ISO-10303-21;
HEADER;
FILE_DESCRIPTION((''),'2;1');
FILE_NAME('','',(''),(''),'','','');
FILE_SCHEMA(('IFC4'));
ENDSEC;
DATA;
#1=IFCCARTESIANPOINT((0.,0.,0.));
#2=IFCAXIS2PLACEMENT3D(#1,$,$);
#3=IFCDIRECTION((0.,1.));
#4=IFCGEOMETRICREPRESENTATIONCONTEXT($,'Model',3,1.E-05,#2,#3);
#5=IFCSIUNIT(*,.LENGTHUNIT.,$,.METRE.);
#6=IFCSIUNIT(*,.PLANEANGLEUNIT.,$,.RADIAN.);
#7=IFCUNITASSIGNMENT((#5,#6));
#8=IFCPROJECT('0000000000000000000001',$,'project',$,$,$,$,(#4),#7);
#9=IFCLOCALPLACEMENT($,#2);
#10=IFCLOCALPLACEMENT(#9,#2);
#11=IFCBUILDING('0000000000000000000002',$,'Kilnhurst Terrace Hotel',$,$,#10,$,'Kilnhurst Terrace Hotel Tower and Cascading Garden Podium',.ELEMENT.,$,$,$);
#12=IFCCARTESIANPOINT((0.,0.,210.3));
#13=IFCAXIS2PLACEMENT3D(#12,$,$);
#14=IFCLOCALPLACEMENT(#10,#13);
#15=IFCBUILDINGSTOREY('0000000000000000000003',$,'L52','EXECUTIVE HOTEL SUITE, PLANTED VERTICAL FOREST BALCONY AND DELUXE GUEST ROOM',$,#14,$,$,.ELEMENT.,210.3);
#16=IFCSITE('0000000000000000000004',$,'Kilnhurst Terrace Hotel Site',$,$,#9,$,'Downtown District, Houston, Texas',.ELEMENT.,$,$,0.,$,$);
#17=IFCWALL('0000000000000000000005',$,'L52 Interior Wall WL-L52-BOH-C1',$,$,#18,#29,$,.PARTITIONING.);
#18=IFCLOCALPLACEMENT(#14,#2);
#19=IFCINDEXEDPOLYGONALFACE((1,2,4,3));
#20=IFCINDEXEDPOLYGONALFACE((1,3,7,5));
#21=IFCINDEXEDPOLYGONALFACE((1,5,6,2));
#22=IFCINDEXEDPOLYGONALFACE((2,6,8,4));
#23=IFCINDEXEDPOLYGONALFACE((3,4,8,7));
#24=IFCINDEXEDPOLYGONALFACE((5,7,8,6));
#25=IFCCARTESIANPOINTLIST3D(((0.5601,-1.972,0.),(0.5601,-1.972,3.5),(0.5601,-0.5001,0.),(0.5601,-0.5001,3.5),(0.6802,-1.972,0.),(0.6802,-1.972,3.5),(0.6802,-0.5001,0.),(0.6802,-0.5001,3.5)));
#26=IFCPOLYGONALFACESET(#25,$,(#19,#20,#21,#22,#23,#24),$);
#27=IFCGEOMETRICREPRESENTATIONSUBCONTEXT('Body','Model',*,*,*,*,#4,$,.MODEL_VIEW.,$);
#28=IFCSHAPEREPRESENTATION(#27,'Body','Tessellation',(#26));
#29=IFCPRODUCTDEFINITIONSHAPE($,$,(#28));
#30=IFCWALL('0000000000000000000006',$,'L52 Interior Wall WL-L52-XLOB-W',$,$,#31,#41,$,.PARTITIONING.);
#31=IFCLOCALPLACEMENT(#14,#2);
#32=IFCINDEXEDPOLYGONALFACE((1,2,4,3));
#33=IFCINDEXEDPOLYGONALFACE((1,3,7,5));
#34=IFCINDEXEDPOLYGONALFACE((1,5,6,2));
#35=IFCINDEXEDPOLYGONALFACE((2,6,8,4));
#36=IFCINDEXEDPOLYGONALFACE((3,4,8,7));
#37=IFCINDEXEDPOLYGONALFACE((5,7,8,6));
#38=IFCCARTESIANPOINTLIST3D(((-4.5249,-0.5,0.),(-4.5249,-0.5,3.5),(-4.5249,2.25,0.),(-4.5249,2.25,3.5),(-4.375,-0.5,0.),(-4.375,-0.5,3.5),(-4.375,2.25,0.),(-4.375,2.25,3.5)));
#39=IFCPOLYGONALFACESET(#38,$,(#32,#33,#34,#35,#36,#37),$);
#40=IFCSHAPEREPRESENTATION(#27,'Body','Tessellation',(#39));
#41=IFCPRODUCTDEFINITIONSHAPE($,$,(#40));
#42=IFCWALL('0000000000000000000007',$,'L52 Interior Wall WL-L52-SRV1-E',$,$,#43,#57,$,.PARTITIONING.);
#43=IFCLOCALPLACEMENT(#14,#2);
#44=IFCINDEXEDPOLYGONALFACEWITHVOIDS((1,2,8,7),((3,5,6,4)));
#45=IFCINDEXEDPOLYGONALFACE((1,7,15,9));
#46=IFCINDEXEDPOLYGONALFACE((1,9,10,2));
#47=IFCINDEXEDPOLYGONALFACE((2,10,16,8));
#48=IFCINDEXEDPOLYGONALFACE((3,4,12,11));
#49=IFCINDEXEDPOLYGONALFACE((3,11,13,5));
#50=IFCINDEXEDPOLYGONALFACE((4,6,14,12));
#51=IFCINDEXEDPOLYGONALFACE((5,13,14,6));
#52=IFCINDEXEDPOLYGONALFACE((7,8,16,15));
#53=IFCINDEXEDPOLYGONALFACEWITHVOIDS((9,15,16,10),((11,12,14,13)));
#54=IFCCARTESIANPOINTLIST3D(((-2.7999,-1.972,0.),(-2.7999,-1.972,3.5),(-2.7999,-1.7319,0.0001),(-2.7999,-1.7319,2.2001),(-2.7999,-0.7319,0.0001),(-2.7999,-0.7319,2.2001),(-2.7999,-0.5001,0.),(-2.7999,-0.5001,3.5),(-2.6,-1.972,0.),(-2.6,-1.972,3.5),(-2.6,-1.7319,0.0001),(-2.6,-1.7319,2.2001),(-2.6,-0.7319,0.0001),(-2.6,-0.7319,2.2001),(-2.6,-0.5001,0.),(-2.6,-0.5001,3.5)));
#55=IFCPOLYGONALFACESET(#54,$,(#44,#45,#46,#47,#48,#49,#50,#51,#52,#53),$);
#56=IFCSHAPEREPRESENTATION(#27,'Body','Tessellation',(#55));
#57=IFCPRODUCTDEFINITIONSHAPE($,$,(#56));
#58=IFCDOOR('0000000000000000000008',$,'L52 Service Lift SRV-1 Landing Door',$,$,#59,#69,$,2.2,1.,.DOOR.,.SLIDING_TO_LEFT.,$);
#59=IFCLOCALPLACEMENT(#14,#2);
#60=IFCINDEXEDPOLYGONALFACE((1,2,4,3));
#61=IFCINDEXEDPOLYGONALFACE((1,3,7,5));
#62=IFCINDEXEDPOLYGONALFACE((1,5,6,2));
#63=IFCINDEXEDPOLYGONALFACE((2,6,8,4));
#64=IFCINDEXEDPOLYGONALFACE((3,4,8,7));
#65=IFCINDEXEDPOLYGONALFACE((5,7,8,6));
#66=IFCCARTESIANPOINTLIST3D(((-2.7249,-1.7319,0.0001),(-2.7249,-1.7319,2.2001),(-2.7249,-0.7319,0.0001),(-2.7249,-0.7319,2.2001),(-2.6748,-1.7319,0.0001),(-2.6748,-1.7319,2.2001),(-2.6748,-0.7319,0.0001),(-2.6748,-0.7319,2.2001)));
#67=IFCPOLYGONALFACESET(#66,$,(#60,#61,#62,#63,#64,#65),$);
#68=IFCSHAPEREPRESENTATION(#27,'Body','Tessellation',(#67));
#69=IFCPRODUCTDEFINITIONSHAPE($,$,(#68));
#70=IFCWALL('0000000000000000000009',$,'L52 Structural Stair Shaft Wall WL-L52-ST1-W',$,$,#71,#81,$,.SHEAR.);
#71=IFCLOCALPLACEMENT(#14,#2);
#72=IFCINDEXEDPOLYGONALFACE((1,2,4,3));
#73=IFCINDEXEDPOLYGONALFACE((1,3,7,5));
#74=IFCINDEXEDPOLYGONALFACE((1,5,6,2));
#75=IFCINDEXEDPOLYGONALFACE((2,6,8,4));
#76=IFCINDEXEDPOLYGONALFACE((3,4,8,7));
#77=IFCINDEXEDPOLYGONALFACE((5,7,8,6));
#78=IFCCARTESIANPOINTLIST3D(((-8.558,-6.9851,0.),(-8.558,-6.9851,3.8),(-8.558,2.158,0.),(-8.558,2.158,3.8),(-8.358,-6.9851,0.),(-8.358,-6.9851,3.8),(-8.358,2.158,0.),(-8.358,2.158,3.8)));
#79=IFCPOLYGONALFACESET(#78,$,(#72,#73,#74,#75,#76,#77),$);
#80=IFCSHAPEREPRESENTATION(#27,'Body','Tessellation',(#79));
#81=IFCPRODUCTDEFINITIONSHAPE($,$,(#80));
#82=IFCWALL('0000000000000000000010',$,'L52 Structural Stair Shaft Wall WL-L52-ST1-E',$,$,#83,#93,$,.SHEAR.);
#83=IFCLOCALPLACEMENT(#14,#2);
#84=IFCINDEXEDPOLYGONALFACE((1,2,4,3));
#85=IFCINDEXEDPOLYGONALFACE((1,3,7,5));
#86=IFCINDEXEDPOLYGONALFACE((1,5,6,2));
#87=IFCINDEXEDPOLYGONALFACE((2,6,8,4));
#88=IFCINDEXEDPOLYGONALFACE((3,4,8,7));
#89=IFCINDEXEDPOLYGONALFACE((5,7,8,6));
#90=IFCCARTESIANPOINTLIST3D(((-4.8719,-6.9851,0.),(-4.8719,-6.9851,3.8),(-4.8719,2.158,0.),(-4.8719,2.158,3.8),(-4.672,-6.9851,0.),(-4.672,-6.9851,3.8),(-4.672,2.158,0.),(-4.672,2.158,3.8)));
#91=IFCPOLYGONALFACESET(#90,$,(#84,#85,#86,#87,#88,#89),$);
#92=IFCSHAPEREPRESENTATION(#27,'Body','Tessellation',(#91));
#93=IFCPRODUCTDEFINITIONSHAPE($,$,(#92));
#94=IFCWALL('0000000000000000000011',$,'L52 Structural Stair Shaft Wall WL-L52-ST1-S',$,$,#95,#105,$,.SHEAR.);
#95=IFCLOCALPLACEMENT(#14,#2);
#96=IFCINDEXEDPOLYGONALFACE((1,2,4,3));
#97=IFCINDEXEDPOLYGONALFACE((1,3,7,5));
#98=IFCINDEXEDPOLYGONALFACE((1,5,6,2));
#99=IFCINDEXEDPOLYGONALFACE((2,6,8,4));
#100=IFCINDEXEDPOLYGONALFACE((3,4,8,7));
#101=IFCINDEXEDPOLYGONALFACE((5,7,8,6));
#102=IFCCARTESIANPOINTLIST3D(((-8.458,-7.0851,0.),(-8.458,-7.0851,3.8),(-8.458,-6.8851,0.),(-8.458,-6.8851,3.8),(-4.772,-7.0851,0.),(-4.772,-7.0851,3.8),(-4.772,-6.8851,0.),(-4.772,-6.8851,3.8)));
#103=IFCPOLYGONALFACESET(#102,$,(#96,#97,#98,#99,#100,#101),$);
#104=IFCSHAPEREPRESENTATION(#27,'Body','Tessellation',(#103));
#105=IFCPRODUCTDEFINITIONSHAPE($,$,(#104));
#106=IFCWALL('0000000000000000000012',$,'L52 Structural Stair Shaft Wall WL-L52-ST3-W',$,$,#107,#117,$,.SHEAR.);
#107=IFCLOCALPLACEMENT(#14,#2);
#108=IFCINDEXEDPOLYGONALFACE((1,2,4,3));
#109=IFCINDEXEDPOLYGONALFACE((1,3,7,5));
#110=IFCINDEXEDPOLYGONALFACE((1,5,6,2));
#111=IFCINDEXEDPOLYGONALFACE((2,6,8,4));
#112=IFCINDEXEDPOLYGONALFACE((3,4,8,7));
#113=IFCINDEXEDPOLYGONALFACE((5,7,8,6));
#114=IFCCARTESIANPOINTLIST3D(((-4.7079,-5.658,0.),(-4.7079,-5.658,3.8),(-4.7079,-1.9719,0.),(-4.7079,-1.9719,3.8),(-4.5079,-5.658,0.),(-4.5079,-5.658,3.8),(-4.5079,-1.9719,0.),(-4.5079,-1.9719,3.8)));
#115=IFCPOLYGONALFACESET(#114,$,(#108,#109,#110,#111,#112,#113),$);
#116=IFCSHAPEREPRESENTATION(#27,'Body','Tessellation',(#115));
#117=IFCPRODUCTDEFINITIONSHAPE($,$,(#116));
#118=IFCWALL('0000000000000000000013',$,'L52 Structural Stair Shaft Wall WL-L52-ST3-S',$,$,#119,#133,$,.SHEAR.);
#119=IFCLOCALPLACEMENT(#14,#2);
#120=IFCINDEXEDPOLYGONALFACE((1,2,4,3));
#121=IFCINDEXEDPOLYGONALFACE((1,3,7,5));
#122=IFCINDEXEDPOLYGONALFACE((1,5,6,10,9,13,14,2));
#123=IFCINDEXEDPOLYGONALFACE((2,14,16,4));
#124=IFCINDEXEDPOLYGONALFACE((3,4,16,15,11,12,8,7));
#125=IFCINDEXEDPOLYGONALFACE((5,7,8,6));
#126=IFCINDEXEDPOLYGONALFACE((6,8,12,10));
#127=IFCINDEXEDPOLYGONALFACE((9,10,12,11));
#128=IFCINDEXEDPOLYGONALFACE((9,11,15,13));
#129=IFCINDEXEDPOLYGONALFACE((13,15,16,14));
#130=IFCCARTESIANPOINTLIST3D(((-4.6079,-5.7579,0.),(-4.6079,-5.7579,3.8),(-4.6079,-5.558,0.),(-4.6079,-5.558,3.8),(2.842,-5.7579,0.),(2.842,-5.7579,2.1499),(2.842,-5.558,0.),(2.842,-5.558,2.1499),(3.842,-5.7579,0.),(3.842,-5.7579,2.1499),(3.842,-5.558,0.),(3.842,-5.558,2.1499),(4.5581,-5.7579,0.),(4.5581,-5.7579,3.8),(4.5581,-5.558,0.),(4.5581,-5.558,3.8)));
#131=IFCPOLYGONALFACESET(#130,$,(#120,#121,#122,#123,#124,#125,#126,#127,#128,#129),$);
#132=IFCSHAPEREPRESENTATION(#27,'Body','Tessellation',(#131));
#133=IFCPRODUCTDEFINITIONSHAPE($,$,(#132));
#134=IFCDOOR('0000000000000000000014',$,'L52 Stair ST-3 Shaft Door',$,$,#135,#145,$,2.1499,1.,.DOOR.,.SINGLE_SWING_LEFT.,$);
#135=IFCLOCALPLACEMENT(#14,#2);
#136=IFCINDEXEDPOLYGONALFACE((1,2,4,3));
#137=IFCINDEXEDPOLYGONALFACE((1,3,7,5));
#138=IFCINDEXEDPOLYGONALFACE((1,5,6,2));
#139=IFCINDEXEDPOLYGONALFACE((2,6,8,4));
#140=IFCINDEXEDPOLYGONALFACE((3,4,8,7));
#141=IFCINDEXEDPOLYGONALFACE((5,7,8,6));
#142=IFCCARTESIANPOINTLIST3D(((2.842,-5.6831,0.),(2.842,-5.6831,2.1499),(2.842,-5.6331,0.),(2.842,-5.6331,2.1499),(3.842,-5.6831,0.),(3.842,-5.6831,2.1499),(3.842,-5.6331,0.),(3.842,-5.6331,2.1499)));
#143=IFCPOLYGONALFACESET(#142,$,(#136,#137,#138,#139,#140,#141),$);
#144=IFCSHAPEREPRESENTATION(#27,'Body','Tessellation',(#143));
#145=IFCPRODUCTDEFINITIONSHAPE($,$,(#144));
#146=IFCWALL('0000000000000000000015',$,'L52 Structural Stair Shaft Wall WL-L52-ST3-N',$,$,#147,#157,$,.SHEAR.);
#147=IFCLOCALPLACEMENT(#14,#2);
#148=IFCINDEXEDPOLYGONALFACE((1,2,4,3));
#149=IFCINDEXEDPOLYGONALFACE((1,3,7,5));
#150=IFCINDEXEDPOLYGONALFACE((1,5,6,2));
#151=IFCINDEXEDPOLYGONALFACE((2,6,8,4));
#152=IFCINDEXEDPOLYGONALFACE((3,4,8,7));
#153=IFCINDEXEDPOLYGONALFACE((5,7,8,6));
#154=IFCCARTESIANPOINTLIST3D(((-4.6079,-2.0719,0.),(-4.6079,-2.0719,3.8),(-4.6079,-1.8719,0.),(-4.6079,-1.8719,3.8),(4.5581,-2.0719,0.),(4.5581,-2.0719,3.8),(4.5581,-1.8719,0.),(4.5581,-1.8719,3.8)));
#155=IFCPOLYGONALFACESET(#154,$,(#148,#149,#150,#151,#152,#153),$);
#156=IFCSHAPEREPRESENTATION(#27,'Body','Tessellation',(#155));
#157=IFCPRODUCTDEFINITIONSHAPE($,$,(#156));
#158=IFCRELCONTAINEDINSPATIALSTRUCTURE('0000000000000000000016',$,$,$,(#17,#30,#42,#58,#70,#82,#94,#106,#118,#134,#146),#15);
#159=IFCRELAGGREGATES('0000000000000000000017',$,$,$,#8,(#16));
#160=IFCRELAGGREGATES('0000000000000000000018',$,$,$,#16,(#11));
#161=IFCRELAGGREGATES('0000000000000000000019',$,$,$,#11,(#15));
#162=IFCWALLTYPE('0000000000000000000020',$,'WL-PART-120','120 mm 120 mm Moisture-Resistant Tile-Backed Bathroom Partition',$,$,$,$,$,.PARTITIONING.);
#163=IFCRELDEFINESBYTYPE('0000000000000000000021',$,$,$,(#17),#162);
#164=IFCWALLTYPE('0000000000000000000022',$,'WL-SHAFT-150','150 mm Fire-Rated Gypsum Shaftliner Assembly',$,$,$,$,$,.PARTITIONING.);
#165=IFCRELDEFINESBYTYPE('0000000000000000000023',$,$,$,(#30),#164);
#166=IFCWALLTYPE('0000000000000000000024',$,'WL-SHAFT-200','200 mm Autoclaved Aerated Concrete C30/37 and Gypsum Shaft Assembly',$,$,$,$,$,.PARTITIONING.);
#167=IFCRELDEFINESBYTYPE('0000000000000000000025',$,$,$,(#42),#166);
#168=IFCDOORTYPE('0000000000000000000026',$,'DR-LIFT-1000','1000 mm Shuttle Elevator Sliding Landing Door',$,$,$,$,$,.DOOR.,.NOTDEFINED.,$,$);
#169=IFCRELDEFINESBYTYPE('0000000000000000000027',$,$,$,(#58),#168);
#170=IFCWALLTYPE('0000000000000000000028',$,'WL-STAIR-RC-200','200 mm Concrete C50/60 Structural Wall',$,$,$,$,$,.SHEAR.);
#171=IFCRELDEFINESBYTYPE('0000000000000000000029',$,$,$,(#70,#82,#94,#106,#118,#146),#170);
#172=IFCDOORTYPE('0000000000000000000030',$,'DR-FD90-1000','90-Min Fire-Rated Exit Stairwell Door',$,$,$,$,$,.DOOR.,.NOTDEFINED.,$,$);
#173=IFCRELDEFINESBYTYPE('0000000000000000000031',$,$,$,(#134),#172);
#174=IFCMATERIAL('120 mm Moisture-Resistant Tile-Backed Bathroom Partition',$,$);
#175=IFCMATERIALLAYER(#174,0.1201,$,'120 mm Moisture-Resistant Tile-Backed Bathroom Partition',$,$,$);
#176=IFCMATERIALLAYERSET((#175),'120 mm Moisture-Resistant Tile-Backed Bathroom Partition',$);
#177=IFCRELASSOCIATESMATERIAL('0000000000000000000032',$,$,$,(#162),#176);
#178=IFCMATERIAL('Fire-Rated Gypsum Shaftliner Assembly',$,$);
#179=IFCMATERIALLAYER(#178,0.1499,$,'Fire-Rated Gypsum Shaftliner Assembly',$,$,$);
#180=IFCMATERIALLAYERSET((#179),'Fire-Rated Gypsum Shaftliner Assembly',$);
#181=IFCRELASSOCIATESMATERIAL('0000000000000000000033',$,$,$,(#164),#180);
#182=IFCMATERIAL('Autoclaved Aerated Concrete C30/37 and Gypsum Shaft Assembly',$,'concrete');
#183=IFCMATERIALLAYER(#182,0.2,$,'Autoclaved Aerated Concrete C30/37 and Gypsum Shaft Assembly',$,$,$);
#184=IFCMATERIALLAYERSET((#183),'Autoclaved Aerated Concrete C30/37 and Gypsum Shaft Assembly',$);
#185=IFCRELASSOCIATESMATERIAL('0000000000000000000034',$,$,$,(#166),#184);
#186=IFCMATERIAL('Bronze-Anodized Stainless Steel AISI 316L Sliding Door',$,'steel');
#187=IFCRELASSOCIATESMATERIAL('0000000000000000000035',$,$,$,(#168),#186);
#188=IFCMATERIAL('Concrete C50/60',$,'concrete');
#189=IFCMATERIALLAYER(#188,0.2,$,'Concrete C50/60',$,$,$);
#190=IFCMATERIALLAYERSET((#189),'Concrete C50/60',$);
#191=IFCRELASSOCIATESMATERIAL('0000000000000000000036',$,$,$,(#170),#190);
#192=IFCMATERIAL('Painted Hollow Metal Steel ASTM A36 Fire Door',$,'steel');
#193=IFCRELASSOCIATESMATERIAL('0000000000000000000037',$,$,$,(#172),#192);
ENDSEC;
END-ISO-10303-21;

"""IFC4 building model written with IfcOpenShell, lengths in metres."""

from ifc_helpers import new_model, si_unit, direction, frame, frame_2d, origin, place, context, subcontext, project, spatial, rectangle, extrude, material, layer, layer_set, type_object, element, fill, save


model = new_model("IFC4")

# Units and contexts
model_context = context("Model", 3, precision=1e-05, world=origin(), true_north=direction((0.0, 1.0)))
body_context = subcontext(model_context, "Body", "Model", "MODEL_VIEW")
ifc_project = project(units=[si_unit("LENGTHUNIT", "METRE"), si_unit("PLANEANGLEUNIT", "RADIAN")], contexts=[model_context])

# Site, building, storey
site_placement = place(None, origin())
site = spatial("IfcSite", under=ifc_project, at=site_placement, Name="Kilnhurst Terrace Hotel Site", LongName="Downtown District, Houston, Texas", CompositionType="ELEMENT", RefElevation=0.0)
building_placement = place(site_placement, origin())
building = spatial("IfcBuilding", under=site, at=building_placement, Name="Kilnhurst Terrace Hotel", LongName="Kilnhurst Terrace Hotel Tower and Cascading Garden Podium", CompositionType="ELEMENT")
storey_placement = place(building_placement, frame((0.0, 0.0, 210.3)))
storey = spatial("IfcBuildingStorey", under=building, at=storey_placement, Name="L52", Description="EXECUTIVE HOTEL SUITE, PLANTED VERTICAL FOREST BALCONY AND DELUXE GUEST ROOM", CompositionType="ELEMENT", Elevation=210.3)

# Walls
ifc_material_1 = material(Name="120 mm Moisture-Resistant Tile-Backed Bathroom Partition")
ifc_layer_1 = layer(ifc_material_1, 0.1201, Name="120 mm Moisture-Resistant Tile-Backed Bathroom Partition")
ifc_layer_set_1 = layer_set([ifc_layer_1], Name="120 mm Moisture-Resistant Tile-Backed Bathroom Partition")
wall_type_1 = type_object("IfcWallType", Name="WL-PART-120", Description="120 mm 120 mm Moisture-Resistant Tile-Backed Bathroom Partition", PredefinedType="PARTITIONING", material=ifc_layer_set_1)
wall_1_placement = place(storey_placement, frame((0.6201, -1.9719, 0.0), z_axis=(0.0, 0.0, 1.0), x_axis=(0.0, 1.0, 0.0)))
element("IfcWall", 1, at=wall_1_placement, inside=storey, type_object=wall_type_1, Name="L52 Interior Wall WL-L52-BOH-C1", PredefinedType="PARTITIONING", context=body_context, shape_type="SweptSolid", body=[
    extrude(rectangle(XDim=1.4719, YDim=0.1201, at=frame_2d((0.7358, 0.0))), origin(), (0.0, 0.0, 1.0), 3.5),
])
ifc_material_2 = material(Name="Fire-Rated Gypsum Shaftliner Assembly")
ifc_layer_2 = layer(ifc_material_2, 0.1499, Name="Fire-Rated Gypsum Shaftliner Assembly")
ifc_layer_set_2 = layer_set([ifc_layer_2], Name="Fire-Rated Gypsum Shaftliner Assembly")
wall_type_2 = type_object("IfcWallType", Name="WL-SHAFT-150", Description="150 mm Fire-Rated Gypsum Shaftliner Assembly", PredefinedType="PARTITIONING", material=ifc_layer_set_2)
wall_2_placement = place(storey_placement, frame((-4.45, -0.5, 0.0), z_axis=(0.0, 0.0, 1.0), x_axis=(0.0, 1.0, 0.0)))
element("IfcWall", 2, at=wall_2_placement, inside=storey, type_object=wall_type_2, Name="L52 Interior Wall WL-L52-XLOB-W", PredefinedType="PARTITIONING", context=body_context, shape_type="SweptSolid", body=[
    extrude(rectangle(XDim=2.75, YDim=0.1499, at=frame_2d((1.375, 0.0))), origin(), (0.0, 0.0, 1.0), 3.5),
])

# Wall, opening, door
ifc_material_3 = material(Name="Autoclaved Aerated Concrete C30/37 and Gypsum Shaft Assembly", Category="concrete")
ifc_layer_3 = layer(ifc_material_3, 0.2, Name="Autoclaved Aerated Concrete C30/37 and Gypsum Shaft Assembly")
ifc_layer_set_3 = layer_set([ifc_layer_3], Name="Autoclaved Aerated Concrete C30/37 and Gypsum Shaft Assembly")
wall_type_3 = type_object("IfcWallType", Name="WL-SHAFT-200", Description="200 mm Autoclaved Aerated Concrete C30/37 and Gypsum Shaft Assembly", PredefinedType="PARTITIONING", material=ifc_layer_set_3)
wall_3_placement = place(storey_placement, frame((-2.7, -1.9719, 0.0), z_axis=(0.0, 0.0, 1.0), x_axis=(0.0, 1.0, 0.0)))
wall_3 = element("IfcWall", 3, at=wall_3_placement, inside=storey, type_object=wall_type_3, Name="L52 Interior Wall WL-L52-SRV1-E", PredefinedType="PARTITIONING", context=body_context, shape_type="SweptSolid", body=[
    extrude(rectangle(XDim=1.4719, YDim=0.2, at=frame_2d((0.7358, 0.0))), origin(), (0.0, 0.0, 1.0), 3.5),
])
opening_1_placement = place(wall_3_placement, frame((0.24, 0.0, 0.0)))
opening_1 = element("IfcOpeningElement", 4, at=opening_1_placement, cuts=wall_3, PredefinedType="OPENING", context=body_context, shape_type="SweptSolid", body=[
    extrude(rectangle(XDim=1.0, YDim=2.2, at=frame_2d((0.5, 1.1001))), frame((0.0, 0.1099, 0.0), z_axis=(0.0, -1.0, 0.0), x_axis=(1.0, 0.0, 0.0)), (0.0, 0.0, 1.0), 0.22),
])
ifc_material_4 = material(Name="Bronze-Anodized Stainless Steel AISI 316L Sliding Door", Category="steel")
door_type_1 = type_object("IfcDoorType", Name="DR-LIFT-1000", Description="1000 mm Shuttle Elevator Sliding Landing Door", OperationType="NOTDEFINED", PredefinedType="DOOR", material=ifc_material_4)
door_1_placement = place(opening_1_placement, origin())
door_1 = element("IfcDoor", 5, at=door_1_placement, inside=storey, type_object=door_type_1, Name="L52 Service Lift SRV-1 Landing Door", OperationType="SLIDING_TO_LEFT", OverallHeight=2.2, OverallWidth=1.0, PredefinedType="DOOR", context=body_context, shape_type="SweptSolid", body=[
    extrude(rectangle(XDim=1.0, YDim=2.2, at=frame_2d((0.5, 1.1001))), frame((0.0, 0.0249, 0.0), z_axis=(0.0, -1.0, 0.0), x_axis=(1.0, 0.0, 0.0)), (0.0, 0.0, 1.0), 0.05),
])
fill(opening_1, door_1)

# Walls
ifc_material_5 = material(Name="Concrete C50/60", Category="concrete")
ifc_layer_4 = layer(ifc_material_5, 0.2, Name="Concrete C50/60")
ifc_layer_set_4 = layer_set([ifc_layer_4], Name="Concrete C50/60")
wall_type_4 = type_object("IfcWallType", Name="WL-STAIR-RC-200", Description="200 mm Concrete C50/60 Structural Wall", PredefinedType="SHEAR", material=ifc_layer_set_4)
for number, where, z_axis, x_axis, name in (
    (6, (-8.458, -6.9851, 0.0), (0.0, 0.0, 1.0), (0.0, 1.0, 0.0), "L52 Structural Stair Shaft Wall WL-L52-ST1-W"),
    (7, (-4.772, -6.9851, 0.0), (0.0, 0.0, 1.0), (0.0, 1.0, 0.0), "L52 Structural Stair Shaft Wall WL-L52-ST1-E"),
):
    element("IfcWall", number, at=place(storey_placement, frame(where, z_axis=z_axis, x_axis=x_axis)), inside=storey, type_object=wall_type_4, Name=name, PredefinedType="SHEAR", context=body_context, shape_type="SweptSolid", body=[
        extrude(rectangle(XDim=9.1431, YDim=0.2, at=frame_2d((4.5715, 0.0))), origin(), (0.0, 0.0, 1.0), 3.8),
    ])
for number, where, z_axis, x_axis, name in (
    (8, (-8.458, -6.9851, 0.0), (0.0, 0.0, 1.0), (1.0, 0.0, 0.0), "L52 Structural Stair Shaft Wall WL-L52-ST1-S"),
    (9, (-4.6079, -5.658, 0.0), (0.0, 0.0, 1.0), (0.0, 1.0, 0.0), "L52 Structural Stair Shaft Wall WL-L52-ST3-W"),
):
    element("IfcWall", number, at=place(storey_placement, frame(where, z_axis=z_axis, x_axis=x_axis)), inside=storey, type_object=wall_type_4, Name=name, PredefinedType="SHEAR", context=body_context, shape_type="SweptSolid", body=[
        extrude(rectangle(XDim=3.686, YDim=0.2, at=frame_2d((1.843, 0.0))), origin(), (0.0, 0.0, 1.0), 3.8),
    ])

# Wall, opening, door
wall_4_placement = place(storey_placement, frame((-4.6079, -5.658, 0.0), z_axis=(0.0, 0.0, 1.0), x_axis=(1.0, 0.0, 0.0)))
wall_4 = element("IfcWall", 10, at=wall_4_placement, inside=storey, type_object=wall_type_4, Name="L52 Structural Stair Shaft Wall WL-L52-ST3-S", PredefinedType="SHEAR", context=body_context, shape_type="SweptSolid", body=[
    extrude(rectangle(XDim=9.166, YDim=0.2, at=frame_2d((4.583, 0.0))), origin(), (0.0, 0.0, 1.0), 3.8),
])
opening_2_placement = place(wall_4_placement, frame((7.45, 0.0, 0.0)))
opening_2 = element("IfcOpeningElement", 11, at=opening_2_placement, cuts=wall_4, PredefinedType="OPENING", context=body_context, shape_type="SweptSolid", body=[
    extrude(rectangle(XDim=1.0, YDim=2.1499, at=frame_2d((0.5, 1.075))), frame((0.0, 0.1099, 0.0), z_axis=(0.0, -1.0, 0.0), x_axis=(1.0, 0.0, 0.0)), (0.0, 0.0, 1.0), 0.22),
])
ifc_material_6 = material(Name="Painted Hollow Metal Steel ASTM A36 Fire Door", Category="steel")
door_type_2 = type_object("IfcDoorType", Name="DR-FD90-1000", Description="90-Min Fire-Rated Exit Stairwell Door", OperationType="NOTDEFINED", PredefinedType="DOOR", material=ifc_material_6)
door_2_placement = place(opening_2_placement, origin())
door_2 = element("IfcDoor", 12, at=door_2_placement, inside=storey, type_object=door_type_2, Name="L52 Stair ST-3 Shaft Door", OperationType="SINGLE_SWING_LEFT", OverallHeight=2.1499, OverallWidth=1.0, PredefinedType="DOOR", context=body_context, shape_type="SweptSolid", body=[
    extrude(rectangle(XDim=1.0, YDim=2.1499, at=frame_2d((0.5, 1.075))), frame((0.0, 0.0249, 0.0), z_axis=(0.0, -1.0, 0.0), x_axis=(1.0, 0.0, 0.0)), (0.0, 0.0, 1.0), 0.05),
])
fill(opening_2, door_2)

# Wall
wall_5_placement = place(storey_placement, frame((-4.6079, -1.9719, 0.0), z_axis=(0.0, 0.0, 1.0), x_axis=(1.0, 0.0, 0.0)))
element("IfcWall", 13, at=wall_5_placement, inside=storey, type_object=wall_type_4, Name="L52 Structural Stair Shaft Wall WL-L52-ST3-N", PredefinedType="SHEAR", context=body_context, shape_type="SweptSolid", body=[
    extrude(rectangle(XDim=9.166, YDim=0.2, at=frame_2d((4.583, 0.0))), origin(), (0.0, 0.0, 1.0), 3.8),
])

save(model, "model.ifc")
